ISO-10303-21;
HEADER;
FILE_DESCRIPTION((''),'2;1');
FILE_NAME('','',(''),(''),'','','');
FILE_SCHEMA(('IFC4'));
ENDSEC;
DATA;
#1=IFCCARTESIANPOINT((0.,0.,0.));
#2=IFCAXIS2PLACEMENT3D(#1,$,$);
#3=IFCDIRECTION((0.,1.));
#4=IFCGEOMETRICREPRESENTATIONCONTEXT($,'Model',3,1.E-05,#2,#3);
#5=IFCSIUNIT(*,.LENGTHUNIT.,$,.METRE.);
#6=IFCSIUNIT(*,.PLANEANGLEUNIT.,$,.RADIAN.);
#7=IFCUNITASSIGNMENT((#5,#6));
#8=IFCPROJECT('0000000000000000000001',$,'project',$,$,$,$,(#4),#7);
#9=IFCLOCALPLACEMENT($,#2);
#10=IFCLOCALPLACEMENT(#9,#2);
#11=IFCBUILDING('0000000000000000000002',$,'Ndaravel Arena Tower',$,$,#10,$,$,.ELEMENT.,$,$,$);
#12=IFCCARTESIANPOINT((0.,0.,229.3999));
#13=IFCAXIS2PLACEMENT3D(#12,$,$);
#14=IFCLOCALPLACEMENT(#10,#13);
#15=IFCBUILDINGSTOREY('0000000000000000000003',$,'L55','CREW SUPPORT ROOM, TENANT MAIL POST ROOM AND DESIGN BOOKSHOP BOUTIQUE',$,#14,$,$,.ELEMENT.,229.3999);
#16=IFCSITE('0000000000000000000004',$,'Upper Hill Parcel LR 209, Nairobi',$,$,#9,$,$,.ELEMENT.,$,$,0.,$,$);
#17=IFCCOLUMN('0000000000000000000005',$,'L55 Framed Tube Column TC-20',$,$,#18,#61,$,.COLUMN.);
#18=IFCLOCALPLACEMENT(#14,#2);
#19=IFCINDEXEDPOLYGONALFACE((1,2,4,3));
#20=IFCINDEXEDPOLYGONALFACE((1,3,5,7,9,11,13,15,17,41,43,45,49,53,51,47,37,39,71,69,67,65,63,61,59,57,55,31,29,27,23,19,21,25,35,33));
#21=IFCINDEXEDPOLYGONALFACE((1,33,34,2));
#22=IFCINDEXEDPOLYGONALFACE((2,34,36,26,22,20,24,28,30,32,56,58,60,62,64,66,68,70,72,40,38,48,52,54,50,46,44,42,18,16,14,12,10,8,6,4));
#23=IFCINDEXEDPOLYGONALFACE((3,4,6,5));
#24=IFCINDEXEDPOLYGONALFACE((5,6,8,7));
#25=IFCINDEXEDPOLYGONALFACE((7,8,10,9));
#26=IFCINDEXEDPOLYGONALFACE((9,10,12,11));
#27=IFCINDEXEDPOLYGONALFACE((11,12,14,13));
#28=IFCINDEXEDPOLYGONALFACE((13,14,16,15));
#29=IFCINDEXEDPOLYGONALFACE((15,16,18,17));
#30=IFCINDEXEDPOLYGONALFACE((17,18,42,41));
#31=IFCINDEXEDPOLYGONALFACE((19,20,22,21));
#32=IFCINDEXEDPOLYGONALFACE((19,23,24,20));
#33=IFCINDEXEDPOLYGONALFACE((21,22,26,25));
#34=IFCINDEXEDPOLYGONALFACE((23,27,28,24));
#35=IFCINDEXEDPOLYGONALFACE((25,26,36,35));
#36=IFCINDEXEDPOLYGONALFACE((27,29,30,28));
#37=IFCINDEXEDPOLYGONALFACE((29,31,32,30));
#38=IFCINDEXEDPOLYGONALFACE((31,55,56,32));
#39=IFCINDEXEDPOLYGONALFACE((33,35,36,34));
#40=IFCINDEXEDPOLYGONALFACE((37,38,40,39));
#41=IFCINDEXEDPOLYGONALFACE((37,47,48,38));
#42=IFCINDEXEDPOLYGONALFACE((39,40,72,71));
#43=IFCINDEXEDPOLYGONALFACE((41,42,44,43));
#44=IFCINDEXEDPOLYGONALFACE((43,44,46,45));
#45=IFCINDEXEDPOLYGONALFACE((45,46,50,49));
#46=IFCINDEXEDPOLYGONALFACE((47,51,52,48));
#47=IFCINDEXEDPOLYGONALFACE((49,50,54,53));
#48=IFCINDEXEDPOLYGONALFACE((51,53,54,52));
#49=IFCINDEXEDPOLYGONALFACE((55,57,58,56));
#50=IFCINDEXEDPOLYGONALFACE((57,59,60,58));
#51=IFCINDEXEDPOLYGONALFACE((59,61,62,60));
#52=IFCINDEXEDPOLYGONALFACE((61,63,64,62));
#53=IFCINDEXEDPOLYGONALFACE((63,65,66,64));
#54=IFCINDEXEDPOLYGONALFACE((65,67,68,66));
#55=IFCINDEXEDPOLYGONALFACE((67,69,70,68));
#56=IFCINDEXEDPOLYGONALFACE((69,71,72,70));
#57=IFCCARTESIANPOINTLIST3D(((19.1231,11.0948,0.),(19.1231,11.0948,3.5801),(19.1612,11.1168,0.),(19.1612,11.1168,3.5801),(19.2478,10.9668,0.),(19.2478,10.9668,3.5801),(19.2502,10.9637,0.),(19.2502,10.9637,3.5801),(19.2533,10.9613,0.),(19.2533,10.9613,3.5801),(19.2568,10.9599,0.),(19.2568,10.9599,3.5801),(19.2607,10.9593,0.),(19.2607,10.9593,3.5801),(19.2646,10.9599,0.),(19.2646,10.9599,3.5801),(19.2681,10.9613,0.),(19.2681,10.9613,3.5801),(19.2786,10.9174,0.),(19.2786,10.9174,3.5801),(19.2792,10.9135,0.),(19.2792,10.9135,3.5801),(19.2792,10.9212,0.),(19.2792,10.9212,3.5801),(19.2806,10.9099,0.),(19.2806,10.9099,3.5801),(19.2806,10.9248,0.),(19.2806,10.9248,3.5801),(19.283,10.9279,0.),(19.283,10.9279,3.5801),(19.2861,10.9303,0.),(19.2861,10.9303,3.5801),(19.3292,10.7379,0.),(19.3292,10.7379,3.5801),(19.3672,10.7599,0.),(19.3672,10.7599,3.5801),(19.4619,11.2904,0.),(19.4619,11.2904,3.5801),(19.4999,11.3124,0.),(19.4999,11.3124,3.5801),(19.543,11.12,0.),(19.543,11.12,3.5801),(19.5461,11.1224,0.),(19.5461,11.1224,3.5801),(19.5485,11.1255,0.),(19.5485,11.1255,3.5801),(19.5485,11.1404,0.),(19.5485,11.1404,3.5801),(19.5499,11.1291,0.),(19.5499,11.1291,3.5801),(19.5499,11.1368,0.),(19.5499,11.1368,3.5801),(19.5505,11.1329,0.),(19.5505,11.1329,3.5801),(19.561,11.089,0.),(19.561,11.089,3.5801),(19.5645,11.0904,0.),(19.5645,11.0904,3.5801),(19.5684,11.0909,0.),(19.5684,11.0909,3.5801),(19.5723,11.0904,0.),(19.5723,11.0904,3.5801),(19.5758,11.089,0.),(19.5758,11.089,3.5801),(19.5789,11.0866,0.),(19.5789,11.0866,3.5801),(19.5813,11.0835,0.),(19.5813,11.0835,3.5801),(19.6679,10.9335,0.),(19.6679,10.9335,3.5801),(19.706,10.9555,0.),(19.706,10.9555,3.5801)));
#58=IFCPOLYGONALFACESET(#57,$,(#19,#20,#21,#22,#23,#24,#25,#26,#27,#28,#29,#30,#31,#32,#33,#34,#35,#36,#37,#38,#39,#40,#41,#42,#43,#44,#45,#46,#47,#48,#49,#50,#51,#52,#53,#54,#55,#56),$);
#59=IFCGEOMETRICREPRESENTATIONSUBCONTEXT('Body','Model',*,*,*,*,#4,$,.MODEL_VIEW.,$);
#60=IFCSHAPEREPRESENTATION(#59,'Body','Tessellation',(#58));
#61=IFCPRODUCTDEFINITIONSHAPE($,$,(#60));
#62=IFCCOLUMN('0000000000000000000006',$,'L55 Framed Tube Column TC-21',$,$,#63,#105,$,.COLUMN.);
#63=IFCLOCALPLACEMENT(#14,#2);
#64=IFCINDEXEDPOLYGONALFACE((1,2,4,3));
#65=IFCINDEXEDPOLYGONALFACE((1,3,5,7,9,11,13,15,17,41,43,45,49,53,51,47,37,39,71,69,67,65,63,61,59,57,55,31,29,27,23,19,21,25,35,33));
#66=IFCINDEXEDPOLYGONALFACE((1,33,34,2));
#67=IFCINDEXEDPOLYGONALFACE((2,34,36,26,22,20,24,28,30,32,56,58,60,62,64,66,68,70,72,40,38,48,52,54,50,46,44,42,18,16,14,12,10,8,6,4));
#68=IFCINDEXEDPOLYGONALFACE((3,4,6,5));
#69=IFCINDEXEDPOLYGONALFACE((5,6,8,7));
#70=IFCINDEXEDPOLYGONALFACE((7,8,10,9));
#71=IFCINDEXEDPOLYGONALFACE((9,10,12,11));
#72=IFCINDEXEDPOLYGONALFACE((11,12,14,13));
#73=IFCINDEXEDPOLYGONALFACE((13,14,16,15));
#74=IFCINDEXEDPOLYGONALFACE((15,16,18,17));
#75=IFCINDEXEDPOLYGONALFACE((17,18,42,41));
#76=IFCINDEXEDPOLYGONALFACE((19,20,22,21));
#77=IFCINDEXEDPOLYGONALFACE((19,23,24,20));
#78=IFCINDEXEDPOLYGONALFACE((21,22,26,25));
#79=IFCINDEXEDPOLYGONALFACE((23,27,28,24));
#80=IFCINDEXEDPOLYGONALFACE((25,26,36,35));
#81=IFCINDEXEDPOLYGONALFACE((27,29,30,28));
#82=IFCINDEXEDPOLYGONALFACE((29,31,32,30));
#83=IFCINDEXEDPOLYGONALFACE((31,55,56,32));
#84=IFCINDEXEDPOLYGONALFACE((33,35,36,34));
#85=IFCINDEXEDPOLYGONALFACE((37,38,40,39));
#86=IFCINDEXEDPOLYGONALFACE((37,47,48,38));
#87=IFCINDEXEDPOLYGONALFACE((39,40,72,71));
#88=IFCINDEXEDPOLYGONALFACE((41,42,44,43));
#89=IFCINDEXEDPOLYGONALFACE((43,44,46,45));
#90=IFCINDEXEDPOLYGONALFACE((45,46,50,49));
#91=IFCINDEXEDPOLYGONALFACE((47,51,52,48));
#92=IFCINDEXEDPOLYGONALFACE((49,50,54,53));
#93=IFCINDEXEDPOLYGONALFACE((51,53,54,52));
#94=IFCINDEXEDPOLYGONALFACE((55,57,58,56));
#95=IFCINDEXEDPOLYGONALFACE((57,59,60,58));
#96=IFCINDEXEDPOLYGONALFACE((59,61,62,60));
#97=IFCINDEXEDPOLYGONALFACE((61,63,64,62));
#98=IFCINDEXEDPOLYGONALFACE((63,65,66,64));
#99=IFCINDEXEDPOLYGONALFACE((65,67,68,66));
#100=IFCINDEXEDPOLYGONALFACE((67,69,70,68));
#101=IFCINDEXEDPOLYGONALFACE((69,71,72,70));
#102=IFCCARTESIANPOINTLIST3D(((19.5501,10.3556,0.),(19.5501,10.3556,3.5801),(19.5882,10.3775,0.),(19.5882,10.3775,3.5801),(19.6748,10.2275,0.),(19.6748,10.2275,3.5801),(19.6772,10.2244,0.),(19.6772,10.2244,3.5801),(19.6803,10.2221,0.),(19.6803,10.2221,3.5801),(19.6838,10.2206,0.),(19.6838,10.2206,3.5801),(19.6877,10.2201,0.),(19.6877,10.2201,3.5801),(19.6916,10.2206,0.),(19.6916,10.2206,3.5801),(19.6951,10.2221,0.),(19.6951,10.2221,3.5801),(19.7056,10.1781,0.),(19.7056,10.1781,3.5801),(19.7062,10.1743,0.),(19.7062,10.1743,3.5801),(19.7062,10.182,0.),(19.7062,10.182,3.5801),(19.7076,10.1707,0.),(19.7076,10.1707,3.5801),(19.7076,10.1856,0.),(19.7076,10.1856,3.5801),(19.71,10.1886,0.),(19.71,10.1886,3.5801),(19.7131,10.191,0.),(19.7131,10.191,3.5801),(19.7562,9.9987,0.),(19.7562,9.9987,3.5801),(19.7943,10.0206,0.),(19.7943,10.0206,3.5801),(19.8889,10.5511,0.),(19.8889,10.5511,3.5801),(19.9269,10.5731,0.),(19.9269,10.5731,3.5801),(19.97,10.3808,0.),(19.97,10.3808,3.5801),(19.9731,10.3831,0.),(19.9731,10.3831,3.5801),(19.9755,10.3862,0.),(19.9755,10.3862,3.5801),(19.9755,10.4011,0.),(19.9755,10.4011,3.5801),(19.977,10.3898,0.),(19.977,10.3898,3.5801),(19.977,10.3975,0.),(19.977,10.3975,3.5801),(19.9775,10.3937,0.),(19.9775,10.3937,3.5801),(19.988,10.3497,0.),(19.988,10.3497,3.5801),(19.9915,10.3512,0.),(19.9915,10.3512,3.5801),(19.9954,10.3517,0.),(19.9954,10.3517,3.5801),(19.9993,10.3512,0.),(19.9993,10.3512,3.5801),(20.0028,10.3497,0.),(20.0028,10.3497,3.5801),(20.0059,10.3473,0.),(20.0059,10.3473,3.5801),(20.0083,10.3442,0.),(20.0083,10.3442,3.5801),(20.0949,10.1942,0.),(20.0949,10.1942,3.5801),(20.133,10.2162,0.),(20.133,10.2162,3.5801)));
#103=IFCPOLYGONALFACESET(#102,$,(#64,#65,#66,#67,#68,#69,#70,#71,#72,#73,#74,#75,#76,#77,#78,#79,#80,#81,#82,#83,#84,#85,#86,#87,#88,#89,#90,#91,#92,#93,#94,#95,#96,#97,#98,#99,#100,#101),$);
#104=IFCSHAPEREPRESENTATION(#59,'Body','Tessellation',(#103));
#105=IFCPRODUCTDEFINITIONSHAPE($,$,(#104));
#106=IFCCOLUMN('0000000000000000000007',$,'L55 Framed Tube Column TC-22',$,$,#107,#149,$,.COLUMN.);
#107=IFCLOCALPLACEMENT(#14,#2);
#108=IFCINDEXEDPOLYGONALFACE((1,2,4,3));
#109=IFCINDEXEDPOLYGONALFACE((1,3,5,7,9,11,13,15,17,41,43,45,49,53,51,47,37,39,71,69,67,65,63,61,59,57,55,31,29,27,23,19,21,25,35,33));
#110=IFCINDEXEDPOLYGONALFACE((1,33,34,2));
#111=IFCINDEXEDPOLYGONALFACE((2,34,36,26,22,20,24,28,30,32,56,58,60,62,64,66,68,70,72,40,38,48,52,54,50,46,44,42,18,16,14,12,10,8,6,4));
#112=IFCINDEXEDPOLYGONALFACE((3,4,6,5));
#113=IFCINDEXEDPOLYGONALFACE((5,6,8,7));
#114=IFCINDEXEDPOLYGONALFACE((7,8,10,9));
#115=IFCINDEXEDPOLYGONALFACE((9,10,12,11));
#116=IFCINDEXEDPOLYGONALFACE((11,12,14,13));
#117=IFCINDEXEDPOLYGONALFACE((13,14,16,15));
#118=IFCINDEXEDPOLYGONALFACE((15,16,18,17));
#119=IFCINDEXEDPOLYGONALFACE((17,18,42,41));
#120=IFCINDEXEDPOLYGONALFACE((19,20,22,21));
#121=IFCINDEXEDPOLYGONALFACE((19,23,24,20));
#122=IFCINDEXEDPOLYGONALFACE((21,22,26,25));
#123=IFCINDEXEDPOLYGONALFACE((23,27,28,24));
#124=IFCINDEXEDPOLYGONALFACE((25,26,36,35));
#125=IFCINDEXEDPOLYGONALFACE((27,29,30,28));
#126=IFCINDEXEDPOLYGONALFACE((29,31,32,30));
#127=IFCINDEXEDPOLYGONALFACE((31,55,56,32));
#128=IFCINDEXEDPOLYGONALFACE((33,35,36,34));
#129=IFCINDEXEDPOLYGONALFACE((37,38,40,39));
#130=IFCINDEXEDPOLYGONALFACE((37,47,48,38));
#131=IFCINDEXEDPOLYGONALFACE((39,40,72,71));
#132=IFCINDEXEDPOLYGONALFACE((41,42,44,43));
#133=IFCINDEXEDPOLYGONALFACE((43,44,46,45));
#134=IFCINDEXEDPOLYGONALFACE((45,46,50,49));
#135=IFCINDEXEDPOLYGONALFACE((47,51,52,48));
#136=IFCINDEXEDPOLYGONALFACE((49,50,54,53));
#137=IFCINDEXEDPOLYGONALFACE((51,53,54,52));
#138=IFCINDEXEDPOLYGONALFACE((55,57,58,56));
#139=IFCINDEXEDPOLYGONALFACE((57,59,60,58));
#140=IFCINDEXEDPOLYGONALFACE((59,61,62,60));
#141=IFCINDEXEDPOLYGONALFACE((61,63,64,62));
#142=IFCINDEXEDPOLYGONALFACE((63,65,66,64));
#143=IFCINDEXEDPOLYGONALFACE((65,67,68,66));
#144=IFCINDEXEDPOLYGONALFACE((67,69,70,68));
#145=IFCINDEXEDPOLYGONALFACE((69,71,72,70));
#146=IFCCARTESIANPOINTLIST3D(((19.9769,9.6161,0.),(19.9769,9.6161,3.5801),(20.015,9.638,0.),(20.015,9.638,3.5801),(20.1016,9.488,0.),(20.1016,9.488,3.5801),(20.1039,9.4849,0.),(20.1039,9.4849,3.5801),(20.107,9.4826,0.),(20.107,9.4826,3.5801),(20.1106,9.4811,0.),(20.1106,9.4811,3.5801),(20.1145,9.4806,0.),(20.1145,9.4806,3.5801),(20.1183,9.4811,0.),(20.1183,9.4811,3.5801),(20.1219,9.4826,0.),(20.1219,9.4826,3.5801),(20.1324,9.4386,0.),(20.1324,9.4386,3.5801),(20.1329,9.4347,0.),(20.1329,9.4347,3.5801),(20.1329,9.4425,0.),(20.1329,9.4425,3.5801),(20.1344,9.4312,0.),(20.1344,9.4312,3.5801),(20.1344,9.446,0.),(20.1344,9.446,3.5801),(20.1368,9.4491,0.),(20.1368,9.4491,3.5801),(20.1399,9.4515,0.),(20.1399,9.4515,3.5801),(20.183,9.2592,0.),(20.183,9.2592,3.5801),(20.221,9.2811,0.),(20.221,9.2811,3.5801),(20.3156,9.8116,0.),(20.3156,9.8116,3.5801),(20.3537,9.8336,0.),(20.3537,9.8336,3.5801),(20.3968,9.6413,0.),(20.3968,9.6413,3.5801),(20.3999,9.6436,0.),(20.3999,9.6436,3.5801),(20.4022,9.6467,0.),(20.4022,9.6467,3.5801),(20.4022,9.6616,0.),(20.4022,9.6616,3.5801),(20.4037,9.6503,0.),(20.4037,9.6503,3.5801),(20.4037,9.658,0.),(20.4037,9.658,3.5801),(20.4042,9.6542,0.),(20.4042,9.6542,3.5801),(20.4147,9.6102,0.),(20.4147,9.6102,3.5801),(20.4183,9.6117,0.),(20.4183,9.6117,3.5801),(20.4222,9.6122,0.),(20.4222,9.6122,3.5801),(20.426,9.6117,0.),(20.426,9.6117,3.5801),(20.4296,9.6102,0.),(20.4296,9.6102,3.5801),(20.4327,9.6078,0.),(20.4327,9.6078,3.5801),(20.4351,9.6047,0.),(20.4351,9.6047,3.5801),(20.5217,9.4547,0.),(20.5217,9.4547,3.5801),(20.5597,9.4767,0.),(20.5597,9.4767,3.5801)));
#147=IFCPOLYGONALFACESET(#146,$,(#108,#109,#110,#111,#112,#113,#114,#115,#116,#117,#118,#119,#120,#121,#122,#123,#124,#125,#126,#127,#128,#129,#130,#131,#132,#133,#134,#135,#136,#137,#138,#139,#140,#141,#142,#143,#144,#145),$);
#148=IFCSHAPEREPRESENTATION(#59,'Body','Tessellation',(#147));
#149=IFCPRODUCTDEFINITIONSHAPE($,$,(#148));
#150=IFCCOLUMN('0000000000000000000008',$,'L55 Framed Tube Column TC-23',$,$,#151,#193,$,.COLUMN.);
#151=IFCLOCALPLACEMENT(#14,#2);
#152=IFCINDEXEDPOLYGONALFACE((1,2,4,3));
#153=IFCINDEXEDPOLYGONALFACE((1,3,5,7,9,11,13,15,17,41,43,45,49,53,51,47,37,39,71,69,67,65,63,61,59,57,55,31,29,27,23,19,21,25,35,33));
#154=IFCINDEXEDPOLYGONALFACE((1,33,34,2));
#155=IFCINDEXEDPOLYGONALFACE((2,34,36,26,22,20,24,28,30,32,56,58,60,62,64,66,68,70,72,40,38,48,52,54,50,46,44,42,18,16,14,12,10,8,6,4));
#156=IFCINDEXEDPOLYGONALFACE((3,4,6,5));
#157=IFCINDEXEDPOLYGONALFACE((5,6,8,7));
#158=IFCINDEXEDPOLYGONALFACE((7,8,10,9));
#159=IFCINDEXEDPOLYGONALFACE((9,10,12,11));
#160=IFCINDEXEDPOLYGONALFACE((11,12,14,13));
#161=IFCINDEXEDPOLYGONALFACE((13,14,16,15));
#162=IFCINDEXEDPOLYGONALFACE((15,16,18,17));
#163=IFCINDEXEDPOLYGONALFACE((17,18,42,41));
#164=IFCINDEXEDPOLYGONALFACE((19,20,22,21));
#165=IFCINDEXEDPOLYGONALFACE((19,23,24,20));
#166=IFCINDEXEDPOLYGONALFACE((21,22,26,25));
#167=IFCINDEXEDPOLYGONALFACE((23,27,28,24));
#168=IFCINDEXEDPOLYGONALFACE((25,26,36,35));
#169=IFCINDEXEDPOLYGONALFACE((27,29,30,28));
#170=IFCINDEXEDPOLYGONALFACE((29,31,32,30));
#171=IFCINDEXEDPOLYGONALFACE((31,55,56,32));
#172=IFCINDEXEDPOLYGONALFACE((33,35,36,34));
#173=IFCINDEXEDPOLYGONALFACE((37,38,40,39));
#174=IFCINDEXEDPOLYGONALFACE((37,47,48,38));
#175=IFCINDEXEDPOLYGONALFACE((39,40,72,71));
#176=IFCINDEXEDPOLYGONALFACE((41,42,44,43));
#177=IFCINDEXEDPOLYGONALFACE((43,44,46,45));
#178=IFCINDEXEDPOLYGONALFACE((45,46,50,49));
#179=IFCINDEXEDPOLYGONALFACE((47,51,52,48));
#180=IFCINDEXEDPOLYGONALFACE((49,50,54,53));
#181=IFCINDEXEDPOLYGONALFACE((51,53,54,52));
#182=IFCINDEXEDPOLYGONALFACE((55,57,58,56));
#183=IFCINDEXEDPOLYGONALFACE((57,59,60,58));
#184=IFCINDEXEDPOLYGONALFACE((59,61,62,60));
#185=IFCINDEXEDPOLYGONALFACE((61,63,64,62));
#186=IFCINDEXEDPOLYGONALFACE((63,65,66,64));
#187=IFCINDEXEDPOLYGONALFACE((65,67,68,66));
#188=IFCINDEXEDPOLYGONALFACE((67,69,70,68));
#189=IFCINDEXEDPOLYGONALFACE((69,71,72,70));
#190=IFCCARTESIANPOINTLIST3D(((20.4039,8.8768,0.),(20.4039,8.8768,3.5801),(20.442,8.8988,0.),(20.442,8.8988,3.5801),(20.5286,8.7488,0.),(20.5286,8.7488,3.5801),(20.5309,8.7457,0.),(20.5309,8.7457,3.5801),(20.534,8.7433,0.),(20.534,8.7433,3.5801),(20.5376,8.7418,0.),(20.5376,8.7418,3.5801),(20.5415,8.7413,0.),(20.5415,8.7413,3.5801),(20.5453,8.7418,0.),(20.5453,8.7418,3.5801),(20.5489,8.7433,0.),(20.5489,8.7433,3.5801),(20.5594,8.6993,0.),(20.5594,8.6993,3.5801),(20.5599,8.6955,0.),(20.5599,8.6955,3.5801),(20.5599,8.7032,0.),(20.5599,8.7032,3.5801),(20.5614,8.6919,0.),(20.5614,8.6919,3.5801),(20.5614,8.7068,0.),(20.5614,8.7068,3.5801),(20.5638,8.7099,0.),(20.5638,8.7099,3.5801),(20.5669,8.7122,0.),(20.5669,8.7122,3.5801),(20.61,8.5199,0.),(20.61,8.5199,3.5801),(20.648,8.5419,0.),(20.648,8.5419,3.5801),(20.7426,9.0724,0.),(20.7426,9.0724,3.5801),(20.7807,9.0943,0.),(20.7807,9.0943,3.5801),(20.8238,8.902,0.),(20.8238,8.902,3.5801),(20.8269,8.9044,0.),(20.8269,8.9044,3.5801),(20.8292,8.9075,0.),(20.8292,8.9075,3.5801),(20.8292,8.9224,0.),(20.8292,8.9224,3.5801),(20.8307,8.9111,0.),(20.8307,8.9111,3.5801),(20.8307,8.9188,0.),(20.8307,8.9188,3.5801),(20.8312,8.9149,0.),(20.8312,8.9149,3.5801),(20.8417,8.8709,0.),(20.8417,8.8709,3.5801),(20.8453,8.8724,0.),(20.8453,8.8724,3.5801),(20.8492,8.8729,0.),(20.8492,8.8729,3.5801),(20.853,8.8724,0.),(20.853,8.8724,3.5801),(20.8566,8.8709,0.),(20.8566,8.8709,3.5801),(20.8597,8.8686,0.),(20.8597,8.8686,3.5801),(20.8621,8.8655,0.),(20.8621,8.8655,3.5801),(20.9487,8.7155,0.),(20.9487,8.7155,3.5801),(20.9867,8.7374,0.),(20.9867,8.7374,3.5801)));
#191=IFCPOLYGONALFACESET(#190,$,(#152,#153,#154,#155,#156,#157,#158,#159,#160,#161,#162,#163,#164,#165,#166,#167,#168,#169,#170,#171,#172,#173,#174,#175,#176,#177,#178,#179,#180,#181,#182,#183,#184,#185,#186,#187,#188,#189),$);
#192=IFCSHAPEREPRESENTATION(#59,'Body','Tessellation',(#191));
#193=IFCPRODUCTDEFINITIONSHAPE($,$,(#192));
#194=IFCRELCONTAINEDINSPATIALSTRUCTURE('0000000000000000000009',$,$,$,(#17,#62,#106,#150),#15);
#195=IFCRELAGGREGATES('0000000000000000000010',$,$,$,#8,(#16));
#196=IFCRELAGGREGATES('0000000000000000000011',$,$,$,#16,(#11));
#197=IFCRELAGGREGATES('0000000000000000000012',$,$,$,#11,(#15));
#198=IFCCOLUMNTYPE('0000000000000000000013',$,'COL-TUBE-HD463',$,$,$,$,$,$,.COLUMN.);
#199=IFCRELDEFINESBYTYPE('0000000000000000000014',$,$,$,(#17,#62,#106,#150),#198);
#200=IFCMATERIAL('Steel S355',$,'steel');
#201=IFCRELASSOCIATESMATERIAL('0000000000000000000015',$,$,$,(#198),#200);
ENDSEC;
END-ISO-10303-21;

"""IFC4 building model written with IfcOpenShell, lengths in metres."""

from ifc_helpers import new_model, si_unit, direction, frame, origin, origin_2d, place, context, subcontext, project, spatial, i_section, extrude, material, material_profile, profile_set, type_object, element, save


model = new_model("IFC4")

# Units and contexts
model_context = context("Model", 3, precision=1e-05, world=origin(), true_north=direction((0.0, 1.0)))
body_context = subcontext(model_context, "Body", "Model", "MODEL_VIEW")
ifc_project = project(units=[si_unit("LENGTHUNIT", "METRE"), si_unit("PLANEANGLEUNIT", "RADIAN")], contexts=[model_context])

# Site, building, storey
site_placement = place(None, origin())
site = spatial("IfcSite", under=ifc_project, at=site_placement, Name="Upper Hill Parcel LR 209, Nairobi", CompositionType="ELEMENT", RefElevation=0.0)
building_placement = place(site_placement, origin())
building = spatial("IfcBuilding", under=site, at=building_placement, Name="Ndaravel Arena Tower", CompositionType="ELEMENT")
storey_placement = place(building_placement, frame((0.0, 0.0, 229.3999)))
storey = spatial("IfcBuildingStorey", under=building, at=storey_placement, Name="L55", Description="CREW SUPPORT ROOM, TENANT MAIL POST ROOM AND DESIGN BOOKSHOP BOUTIQUE", CompositionType="ELEMENT", Elevation=229.3999)

# Columns
ifc_material_1 = material(Name="Steel S355", Category="steel")
ifc_material_profile_1 = material_profile(ifc_material_1, i_section(OverallWidth=0.4121, OverallDepth=0.4351, WebThickness=0.0359, FlangeThickness=0.0439, FilletRadius=0.0149, at=origin_2d()), Name="HD 400x463")
ifc_profile_set_1 = profile_set([ifc_material_profile_1], Name="Steel S355")
column_type = type_object("IfcColumnType", Name="COL-TUBE-HD463", PredefinedType="COLUMN", material=ifc_profile_set_1)
for number, where, z_axis, x_axis, name in (
    (1, (19.4146, 11.0251, 0.0), (0.0, 0.0, 1.0), (-0.5, 0.866025, 0.0), "L55 Framed Tube Column TC-20"),
    (2, (19.8416, 10.2859, 0.0), (0.0, 0.0, 1.0), (-0.5, 0.866025, 0.0), "L55 Framed Tube Column TC-21"),
    (3, (20.2683, 9.5464, 0.0), (0.0, 0.0, 1.0), (-0.5, 0.866025, 0.0), "L55 Framed Tube Column TC-22"),
    (4, (20.6953, 8.8071, 0.0), (0.0, 0.0, 1.0), (-0.5, 0.866025, 0.0), "L55 Framed Tube Column TC-23"),
):
    element("IfcColumn", number, at=place(storey_placement, frame(where, z_axis=z_axis, x_axis=x_axis)), inside=storey, type_object=column_type, Name=name, PredefinedType="COLUMN", context=body_context, shape_type="SweptSolid", body=[
        extrude(i_section(OverallWidth=0.4121, OverallDepth=0.4351, WebThickness=0.0359, FlangeThickness=0.0439, FilletRadius=0.0149, at=origin_2d()), origin(), (0.0, 0.0, 1.0), 3.5801),
    ])

save(model, "model.ifc")
